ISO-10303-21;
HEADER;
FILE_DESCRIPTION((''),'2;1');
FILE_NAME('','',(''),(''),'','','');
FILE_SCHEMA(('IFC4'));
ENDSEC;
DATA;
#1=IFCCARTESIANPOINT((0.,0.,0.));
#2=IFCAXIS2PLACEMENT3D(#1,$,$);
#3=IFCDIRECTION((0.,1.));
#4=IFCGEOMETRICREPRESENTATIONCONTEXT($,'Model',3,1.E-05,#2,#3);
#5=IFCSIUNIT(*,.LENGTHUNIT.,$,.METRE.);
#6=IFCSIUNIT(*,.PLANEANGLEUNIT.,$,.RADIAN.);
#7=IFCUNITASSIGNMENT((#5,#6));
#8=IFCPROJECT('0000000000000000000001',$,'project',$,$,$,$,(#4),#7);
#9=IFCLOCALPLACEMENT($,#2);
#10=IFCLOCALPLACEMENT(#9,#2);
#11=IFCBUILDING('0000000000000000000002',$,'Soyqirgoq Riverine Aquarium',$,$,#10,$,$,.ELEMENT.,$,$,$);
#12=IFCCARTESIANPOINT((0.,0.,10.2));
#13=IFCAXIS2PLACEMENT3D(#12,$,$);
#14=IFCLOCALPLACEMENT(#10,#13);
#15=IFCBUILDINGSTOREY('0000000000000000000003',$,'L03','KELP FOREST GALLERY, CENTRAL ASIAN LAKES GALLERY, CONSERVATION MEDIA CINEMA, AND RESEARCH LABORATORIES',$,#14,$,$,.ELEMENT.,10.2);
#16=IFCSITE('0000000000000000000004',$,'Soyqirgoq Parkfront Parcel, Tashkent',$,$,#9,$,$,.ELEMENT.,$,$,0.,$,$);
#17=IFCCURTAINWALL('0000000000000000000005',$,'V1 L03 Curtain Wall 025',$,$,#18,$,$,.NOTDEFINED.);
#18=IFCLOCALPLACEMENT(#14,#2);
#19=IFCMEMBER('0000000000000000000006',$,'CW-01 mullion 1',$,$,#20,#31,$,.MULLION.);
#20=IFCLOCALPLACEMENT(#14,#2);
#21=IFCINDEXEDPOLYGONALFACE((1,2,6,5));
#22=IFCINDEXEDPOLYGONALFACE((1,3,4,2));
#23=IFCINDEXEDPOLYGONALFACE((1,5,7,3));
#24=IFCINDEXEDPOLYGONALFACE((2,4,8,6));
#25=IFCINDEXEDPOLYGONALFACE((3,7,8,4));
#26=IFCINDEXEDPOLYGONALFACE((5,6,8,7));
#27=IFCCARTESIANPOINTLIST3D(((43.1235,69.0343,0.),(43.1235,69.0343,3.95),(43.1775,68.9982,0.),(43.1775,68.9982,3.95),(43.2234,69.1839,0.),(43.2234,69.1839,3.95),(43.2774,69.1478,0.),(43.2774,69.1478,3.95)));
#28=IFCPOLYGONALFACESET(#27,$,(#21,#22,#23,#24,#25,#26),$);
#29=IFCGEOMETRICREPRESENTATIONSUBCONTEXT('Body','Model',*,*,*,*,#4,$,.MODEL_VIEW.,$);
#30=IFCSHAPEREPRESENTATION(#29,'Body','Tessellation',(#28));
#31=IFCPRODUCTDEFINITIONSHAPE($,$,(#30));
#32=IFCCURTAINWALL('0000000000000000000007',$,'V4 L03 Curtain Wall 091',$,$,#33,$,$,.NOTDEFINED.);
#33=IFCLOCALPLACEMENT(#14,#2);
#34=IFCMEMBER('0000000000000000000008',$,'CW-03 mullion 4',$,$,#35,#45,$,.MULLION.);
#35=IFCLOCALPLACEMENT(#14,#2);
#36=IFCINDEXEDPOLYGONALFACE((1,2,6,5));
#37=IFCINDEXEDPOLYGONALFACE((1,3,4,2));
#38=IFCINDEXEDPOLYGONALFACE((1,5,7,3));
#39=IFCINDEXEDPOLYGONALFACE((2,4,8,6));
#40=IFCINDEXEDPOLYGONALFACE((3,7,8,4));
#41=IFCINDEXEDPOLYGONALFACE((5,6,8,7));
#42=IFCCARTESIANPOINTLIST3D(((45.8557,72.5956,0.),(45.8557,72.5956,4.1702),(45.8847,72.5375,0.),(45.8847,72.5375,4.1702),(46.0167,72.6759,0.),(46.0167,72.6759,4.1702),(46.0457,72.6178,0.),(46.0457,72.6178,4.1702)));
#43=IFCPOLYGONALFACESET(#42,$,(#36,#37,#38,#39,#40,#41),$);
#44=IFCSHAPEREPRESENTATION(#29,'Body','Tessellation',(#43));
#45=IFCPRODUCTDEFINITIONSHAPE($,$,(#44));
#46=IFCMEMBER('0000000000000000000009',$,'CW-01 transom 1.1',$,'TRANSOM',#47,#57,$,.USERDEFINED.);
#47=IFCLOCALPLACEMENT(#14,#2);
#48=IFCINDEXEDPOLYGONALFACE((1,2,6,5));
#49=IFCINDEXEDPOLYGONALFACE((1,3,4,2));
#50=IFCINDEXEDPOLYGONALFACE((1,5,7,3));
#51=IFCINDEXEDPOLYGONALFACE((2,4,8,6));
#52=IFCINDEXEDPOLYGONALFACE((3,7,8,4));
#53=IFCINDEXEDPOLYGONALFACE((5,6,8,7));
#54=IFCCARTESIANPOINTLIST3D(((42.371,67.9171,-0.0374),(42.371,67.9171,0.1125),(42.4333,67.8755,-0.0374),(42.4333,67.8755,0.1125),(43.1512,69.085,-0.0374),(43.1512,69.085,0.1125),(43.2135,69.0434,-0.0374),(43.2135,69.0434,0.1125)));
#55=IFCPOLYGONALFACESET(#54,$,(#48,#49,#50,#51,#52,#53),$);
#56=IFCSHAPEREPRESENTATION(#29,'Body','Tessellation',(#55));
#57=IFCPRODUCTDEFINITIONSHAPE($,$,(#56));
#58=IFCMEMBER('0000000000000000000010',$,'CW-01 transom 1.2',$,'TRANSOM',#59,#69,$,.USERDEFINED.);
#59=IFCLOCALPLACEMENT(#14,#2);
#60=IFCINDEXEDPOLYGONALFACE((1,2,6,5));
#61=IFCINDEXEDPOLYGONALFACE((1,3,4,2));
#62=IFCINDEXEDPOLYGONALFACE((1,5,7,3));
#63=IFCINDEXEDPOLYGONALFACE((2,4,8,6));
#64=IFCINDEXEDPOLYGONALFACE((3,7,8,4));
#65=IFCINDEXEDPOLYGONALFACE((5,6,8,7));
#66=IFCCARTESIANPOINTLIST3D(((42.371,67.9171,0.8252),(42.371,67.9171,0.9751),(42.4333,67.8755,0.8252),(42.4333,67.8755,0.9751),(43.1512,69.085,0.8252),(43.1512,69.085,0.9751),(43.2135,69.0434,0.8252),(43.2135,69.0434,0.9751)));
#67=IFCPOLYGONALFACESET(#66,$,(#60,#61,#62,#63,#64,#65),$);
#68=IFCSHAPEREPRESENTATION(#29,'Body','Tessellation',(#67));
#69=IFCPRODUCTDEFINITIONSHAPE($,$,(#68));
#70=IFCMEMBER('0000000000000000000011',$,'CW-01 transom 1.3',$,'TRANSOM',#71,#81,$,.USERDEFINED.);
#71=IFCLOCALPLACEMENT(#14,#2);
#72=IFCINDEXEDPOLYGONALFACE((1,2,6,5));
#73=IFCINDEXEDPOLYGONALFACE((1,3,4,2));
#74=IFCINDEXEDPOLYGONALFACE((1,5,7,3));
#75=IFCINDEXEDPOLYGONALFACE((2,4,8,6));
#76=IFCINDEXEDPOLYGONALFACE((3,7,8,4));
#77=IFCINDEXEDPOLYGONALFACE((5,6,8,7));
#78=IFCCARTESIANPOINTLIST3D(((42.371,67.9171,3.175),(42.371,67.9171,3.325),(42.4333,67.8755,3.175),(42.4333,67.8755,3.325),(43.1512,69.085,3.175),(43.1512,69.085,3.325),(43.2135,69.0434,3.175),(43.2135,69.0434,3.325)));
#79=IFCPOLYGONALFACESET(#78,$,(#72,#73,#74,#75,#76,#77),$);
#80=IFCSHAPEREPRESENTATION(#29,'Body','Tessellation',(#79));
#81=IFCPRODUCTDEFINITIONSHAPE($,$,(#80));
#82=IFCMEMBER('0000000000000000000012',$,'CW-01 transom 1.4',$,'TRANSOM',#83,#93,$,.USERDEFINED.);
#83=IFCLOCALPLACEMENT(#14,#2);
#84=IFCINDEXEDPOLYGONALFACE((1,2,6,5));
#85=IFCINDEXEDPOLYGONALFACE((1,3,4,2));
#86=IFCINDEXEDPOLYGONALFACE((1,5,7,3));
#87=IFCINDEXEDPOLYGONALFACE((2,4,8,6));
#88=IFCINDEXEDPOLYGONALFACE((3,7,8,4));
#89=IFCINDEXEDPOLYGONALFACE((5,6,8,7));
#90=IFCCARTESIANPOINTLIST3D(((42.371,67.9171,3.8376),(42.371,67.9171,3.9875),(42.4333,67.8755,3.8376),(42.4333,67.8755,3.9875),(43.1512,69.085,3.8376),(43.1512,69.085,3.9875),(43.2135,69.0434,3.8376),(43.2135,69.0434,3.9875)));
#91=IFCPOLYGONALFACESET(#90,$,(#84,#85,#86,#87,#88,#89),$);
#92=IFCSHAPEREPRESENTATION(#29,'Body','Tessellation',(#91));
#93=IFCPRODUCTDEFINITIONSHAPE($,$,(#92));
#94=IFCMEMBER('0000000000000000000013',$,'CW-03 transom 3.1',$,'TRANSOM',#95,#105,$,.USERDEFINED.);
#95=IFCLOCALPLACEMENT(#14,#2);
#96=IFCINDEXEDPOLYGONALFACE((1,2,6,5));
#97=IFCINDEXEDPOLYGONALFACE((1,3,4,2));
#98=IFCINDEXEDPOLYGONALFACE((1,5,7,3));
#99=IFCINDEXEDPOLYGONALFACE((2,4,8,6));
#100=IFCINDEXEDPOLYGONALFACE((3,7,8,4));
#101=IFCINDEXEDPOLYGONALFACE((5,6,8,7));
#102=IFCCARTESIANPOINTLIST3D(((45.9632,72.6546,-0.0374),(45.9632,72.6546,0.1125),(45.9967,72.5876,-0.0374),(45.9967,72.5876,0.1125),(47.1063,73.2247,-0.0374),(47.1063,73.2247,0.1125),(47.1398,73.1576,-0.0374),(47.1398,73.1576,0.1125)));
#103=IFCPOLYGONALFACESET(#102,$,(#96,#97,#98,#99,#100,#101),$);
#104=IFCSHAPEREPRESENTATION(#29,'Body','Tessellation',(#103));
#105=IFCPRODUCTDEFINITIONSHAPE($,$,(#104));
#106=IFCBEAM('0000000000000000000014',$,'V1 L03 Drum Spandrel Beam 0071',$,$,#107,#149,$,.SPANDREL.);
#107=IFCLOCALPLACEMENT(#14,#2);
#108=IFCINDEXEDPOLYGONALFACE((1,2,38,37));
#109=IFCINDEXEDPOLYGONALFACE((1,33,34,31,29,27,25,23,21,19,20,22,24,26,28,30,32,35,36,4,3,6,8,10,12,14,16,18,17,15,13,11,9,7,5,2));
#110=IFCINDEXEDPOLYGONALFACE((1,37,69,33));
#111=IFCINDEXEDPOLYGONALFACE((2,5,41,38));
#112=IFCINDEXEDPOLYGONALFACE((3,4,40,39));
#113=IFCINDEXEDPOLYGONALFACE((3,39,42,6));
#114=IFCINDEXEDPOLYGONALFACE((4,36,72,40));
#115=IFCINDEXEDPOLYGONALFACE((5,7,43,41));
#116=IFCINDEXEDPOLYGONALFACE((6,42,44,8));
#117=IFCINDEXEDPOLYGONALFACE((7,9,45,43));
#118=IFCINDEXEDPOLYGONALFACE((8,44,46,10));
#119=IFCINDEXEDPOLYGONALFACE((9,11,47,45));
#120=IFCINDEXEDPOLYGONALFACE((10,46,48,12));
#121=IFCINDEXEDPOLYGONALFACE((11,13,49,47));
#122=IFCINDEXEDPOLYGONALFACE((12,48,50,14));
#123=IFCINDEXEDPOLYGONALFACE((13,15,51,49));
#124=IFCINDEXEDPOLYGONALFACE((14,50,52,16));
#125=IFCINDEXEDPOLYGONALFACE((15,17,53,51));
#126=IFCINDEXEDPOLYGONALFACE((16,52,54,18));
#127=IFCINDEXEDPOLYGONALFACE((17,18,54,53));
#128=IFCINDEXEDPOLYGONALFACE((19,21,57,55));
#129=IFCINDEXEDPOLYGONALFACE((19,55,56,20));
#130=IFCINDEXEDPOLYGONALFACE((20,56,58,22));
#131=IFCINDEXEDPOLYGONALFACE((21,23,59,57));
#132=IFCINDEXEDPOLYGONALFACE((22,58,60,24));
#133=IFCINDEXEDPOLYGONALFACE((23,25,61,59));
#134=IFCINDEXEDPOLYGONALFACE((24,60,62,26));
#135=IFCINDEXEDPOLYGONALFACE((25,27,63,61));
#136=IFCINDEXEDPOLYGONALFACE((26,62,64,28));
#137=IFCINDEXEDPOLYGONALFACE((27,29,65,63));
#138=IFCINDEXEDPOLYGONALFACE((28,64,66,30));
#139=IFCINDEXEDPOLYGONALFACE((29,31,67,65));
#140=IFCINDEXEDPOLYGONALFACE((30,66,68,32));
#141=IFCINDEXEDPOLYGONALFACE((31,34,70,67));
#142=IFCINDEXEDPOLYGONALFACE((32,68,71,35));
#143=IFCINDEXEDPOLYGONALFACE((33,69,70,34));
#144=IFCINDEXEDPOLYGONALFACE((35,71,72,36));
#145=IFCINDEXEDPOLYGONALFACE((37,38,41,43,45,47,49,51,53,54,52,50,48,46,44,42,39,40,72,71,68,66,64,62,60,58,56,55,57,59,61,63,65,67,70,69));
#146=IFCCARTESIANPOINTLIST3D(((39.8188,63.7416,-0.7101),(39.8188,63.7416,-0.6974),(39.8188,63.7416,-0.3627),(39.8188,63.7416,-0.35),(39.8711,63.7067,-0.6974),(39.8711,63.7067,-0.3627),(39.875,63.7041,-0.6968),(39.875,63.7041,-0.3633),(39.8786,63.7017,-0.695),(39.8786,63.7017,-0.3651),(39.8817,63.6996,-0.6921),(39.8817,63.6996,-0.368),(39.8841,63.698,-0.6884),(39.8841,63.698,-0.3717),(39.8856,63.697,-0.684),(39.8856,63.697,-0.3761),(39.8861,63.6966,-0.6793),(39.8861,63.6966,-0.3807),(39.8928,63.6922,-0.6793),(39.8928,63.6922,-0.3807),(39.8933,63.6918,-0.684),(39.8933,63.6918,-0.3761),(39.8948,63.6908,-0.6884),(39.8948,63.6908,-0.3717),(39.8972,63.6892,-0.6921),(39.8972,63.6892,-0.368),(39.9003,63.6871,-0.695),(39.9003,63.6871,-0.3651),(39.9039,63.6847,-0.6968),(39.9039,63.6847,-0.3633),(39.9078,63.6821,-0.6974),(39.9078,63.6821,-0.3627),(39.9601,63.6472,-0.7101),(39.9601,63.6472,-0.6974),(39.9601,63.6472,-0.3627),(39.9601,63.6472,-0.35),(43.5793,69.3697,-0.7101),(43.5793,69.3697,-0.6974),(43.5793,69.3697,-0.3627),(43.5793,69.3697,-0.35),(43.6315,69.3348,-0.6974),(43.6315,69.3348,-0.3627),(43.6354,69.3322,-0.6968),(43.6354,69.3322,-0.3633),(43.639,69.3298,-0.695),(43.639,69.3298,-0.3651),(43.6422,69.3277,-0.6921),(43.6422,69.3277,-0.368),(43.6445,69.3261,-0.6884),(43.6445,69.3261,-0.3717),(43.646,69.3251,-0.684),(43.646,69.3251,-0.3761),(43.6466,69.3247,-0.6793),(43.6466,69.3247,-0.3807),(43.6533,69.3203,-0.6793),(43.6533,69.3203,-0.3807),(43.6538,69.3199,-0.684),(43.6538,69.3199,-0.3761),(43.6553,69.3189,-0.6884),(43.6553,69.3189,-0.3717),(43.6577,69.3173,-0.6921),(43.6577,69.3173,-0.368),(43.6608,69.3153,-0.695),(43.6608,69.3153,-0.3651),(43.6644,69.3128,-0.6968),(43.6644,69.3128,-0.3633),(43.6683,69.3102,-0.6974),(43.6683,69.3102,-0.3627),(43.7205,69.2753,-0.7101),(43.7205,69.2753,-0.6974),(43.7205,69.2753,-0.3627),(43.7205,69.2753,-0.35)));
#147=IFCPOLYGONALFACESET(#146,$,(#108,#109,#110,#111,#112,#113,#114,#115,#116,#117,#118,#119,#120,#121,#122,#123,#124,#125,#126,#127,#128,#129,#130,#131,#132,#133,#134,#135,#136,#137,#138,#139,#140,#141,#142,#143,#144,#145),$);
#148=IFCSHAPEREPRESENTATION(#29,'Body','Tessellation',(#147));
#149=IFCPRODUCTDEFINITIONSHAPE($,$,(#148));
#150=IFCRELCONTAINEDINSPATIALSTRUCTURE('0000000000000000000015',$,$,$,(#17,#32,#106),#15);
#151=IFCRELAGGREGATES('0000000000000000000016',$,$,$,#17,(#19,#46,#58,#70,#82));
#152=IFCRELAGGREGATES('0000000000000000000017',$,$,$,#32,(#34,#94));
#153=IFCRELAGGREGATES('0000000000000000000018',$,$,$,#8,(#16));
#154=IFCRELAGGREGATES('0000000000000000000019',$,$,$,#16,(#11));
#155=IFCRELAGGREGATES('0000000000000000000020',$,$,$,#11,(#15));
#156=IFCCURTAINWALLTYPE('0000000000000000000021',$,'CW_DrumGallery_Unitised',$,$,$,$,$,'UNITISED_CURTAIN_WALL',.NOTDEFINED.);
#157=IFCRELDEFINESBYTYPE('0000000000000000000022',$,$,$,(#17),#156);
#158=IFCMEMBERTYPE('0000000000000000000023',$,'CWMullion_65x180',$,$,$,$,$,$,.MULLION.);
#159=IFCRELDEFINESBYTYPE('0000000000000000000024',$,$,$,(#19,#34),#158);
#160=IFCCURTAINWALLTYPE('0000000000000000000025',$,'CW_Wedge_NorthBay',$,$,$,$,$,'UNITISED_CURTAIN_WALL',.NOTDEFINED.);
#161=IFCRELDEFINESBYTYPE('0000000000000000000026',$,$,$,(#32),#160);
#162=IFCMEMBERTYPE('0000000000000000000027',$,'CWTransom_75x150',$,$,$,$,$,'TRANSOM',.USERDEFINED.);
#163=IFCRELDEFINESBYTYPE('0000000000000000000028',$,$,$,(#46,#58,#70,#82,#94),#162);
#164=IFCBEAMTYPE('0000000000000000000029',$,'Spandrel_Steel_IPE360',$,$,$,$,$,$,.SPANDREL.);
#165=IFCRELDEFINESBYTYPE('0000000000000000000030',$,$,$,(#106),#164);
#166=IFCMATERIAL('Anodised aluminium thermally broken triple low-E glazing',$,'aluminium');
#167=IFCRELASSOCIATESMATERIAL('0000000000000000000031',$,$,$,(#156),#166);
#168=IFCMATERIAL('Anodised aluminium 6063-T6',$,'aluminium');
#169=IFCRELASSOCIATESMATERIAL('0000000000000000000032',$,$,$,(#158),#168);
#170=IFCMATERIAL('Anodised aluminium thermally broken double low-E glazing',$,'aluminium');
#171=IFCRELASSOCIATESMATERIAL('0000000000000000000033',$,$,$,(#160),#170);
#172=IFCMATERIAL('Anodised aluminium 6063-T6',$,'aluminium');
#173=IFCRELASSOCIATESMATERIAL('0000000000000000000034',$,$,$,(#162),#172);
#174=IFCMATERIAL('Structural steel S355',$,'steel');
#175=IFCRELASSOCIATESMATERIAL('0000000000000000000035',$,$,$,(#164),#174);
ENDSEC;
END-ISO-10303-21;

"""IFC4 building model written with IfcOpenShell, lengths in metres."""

from ifc_helpers import new_model, si_unit, direction, frame, origin, origin_2d, place, context, subcontext, project, spatial, rectangle, i_section, extrude, material, material_profile, profile_set, type_object, element, aggregate, save


model = new_model("IFC4")

# Units and contexts
model_context = context("Model", 3, precision=1e-05, world=origin(), true_north=direction((0.0, 1.0)))
body_context = subcontext(model_context, "Body", "Model", "MODEL_VIEW")
ifc_project = project(units=[si_unit("LENGTHUNIT", "METRE"), si_unit("PLANEANGLEUNIT", "RADIAN")], contexts=[model_context])

# Site, building, storey
site_placement = place(None, origin())
site = spatial("IfcSite", under=ifc_project, at=site_placement, Name="Soyqirgoq Parkfront Parcel, Tashkent", CompositionType="ELEMENT", RefElevation=0.0)
building_placement = place(site_placement, origin())
building = spatial("IfcBuilding", under=site, at=building_placement, Name="Soyqirgoq Riverine Aquarium", CompositionType="ELEMENT")
storey_placement = place(building_placement, frame((0.0, 0.0, 10.2)))
storey = spatial("IfcBuildingStorey", under=building, at=storey_placement, Name="L03", Description="KELP FOREST GALLERY, CENTRAL ASIAN LAKES GALLERY, CONSERVATION MEDIA CINEMA, AND RESEARCH LABORATORIES", CompositionType="ELEMENT", Elevation=10.2)

# Curtain walls, members
ifc_material_1 = material(Name="Anodised aluminium thermally broken triple low-E glazing", Category="aluminium")
curtain_wall_type_1 = type_object("IfcCurtainWallType", Name="CW_DrumGallery_Unitised", ElementType="UNITISED_CURTAIN_WALL", PredefinedType="NOTDEFINED", material=ifc_material_1)
curtain_wall_1_placement = place(storey_placement, origin())
curtain_wall_1 = element("IfcCurtainWall", 1, at=curtain_wall_1_placement, inside=storey, type_object=curtain_wall_type_1, Name="V1 L03 Curtain Wall 025", PredefinedType="NOTDEFINED")
ifc_material_2 = material(Name="Anodised aluminium 6063-T6", Category="aluminium")
ifc_material_profile_1 = material_profile(ifc_material_2, rectangle(XDim=0.0649, YDim=0.1799, at=origin_2d()), Name="ALU-M 65x180")
ifc_profile_set_1 = profile_set([ifc_material_profile_1], Name="Anodised aluminium 6063-T6")
member_type_1 = type_object("IfcMemberType", Name="CWMullion_65x180", PredefinedType="MULLION", material=ifc_profile_set_1)
member_1_placement = place(storey_placement, frame((43.2004, 69.0911, 0.0), z_axis=(0.0, 0.0, 1.0), x_axis=(0.831469, -0.555572, 0.0)))
member_1 = element("IfcMember", 2, at=member_1_placement, type_object=member_type_1, Name="CW-01 mullion 1", PredefinedType="MULLION", context=body_context, shape_type="SweptSolid", body=[
    extrude(rectangle(XDim=0.0649, YDim=0.1799, at=origin_2d()), origin(), (0.0, 0.0, 1.0), 3.95),
])
ifc_material_3 = material(Name="Anodised aluminium thermally broken double low-E glazing", Category="aluminium")
curtain_wall_type_2 = type_object("IfcCurtainWallType", Name="CW_Wedge_NorthBay", ElementType="UNITISED_CURTAIN_WALL", PredefinedType="NOTDEFINED", material=ifc_material_3)
curtain_wall_2_placement = place(storey_placement, origin())
curtain_wall_2 = element("IfcCurtainWall", 3, at=curtain_wall_2_placement, inside=storey, type_object=curtain_wall_type_2, Name="V4 L03 Curtain Wall 091", PredefinedType="NOTDEFINED")
member_2_placement = place(storey_placement, frame((45.9507, 72.6067, 0.0), z_axis=(0.0, 0.0, 1.0), x_axis=(0.446195, -0.894936, 0.0)))
member_2 = element("IfcMember", 4, at=member_2_placement, type_object=member_type_1, Name="CW-03 mullion 4", PredefinedType="MULLION", context=body_context, shape_type="SweptSolid", body=[
    extrude(rectangle(XDim=0.0649, YDim=0.1799, at=origin_2d()), origin(), (0.0, 0.0, 1.0), 4.1702),
])

# Members
ifc_material_4 = material(Name="Anodised aluminium 6063-T6", Category="aluminium")
ifc_material_profile_2 = material_profile(ifc_material_4, rectangle(XDim=0.075, YDim=0.1499, at=origin_2d()), Name="ALU-T 75x150")
ifc_profile_set_2 = profile_set([ifc_material_profile_2], Name="Anodised aluminium 6063-T6")
member_type_2 = type_object("IfcMemberType", Name="CWTransom_75x150", ElementType="TRANSOM", PredefinedType="USERDEFINED", material=ifc_profile_set_2)
member_3_placement = place(storey_placement, frame((43.1824, 69.0642, 0.0376), z_axis=(-0.555502, -0.831515, 0.0), x_axis=(0.831515, -0.555502, 0.0)))
member_3 = element("IfcMember", 5, at=member_3_placement, type_object=member_type_2, Name="CW-01 transom 1.1", ObjectType="TRANSOM", PredefinedType="USERDEFINED", context=body_context, shape_type="SweptSolid", body=[
    extrude(rectangle(XDim=0.075, YDim=0.1499, at=origin_2d()), origin(), (0.0, 0.0, 1.0), 1.4045),
])
member_4_placement = place(storey_placement, frame((43.1824, 69.0642, 0.9001), z_axis=(-0.555502, -0.831515, 0.0), x_axis=(0.831515, -0.555502, 0.0)))
member_4 = element("IfcMember", 6, at=member_4_placement, type_object=member_type_2, Name="CW-01 transom 1.2", ObjectType="TRANSOM", PredefinedType="USERDEFINED", context=body_context, shape_type="SweptSolid", body=[
    extrude(rectangle(XDim=0.075, YDim=0.1499, at=origin_2d()), origin(), (0.0, 0.0, 1.0), 1.4045),
])
member_5_placement = place(storey_placement, frame((43.1824, 69.0642, 3.25), z_axis=(-0.555502, -0.831515, 0.0), x_axis=(0.831515, -0.555502, 0.0)))
member_5 = element("IfcMember", 7, at=member_5_placement, type_object=member_type_2, Name="CW-01 transom 1.3", ObjectType="TRANSOM", PredefinedType="USERDEFINED", context=body_context, shape_type="SweptSolid", body=[
    extrude(rectangle(XDim=0.075, YDim=0.1499, at=origin_2d()), origin(), (0.0, 0.0, 1.0), 1.4045),
])
member_6_placement = place(storey_placement, frame((43.1824, 69.0642, 3.9126), z_axis=(-0.555502, -0.831515, 0.0), x_axis=(0.831515, -0.555502, 0.0)))
member_6 = element("IfcMember", 8, at=member_6_placement, type_object=member_type_2, Name="CW-01 transom 1.4", ObjectType="TRANSOM", PredefinedType="USERDEFINED", context=body_context, shape_type="SweptSolid", body=[
    extrude(rectangle(XDim=0.075, YDim=0.1499, at=origin_2d()), origin(), (0.0, 0.0, 1.0), 1.4045),
])
member_7_placement = place(storey_placement, frame((47.123, 73.1912, 0.0376), z_axis=(-0.894885, -0.446296, 0.0), x_axis=(0.446296, -0.894885, 0.0)))
member_7 = element("IfcMember", 9, at=member_7_placement, type_object=member_type_2, Name="CW-03 transom 3.1", ObjectType="TRANSOM", PredefinedType="USERDEFINED", context=body_context, shape_type="SweptSolid", body=[
    extrude(rectangle(XDim=0.075, YDim=0.1499, at=origin_2d()), origin(), (0.0, 0.0, 1.0), 1.2773),
])

# Beam
ifc_material_5 = material(Name="Structural steel S355", Category="steel")
ifc_material_profile_3 = material_profile(ifc_material_5, i_section(OverallWidth=0.1699, OverallDepth=0.3601, WebThickness=0.0081, FlangeThickness=0.0127, FilletRadius=0.0181, at=origin_2d()), Name="IPE 360")
ifc_profile_set_3 = profile_set([ifc_material_profile_3], Name="Structural steel S355")
beam_type_1 = type_object("IfcBeamType", Name="Spandrel_Steel_IPE360", PredefinedType="SPANDREL", material=ifc_profile_set_3)
beam_1_placement = place(storey_placement, frame((43.6499, 69.3225, -0.53), z_axis=(-0.555557, -0.831478, 0.0), x_axis=(0.831478, -0.555557, 0.0)))
element("IfcBeam", 10, at=beam_1_placement, inside=storey, type_object=beam_type_1, Name="V1 L03 Drum Spandrel Beam 0071", PredefinedType="SPANDREL", context=body_context, shape_type="SweptSolid", body=[
    extrude(i_section(OverallWidth=0.1699, OverallDepth=0.3601, WebThickness=0.0081, FlangeThickness=0.0127, FilletRadius=0.0181, at=origin_2d()), origin(), (0.0, 0.0, 1.0), 6.7688),
])

aggregate(curtain_wall_1, [member_1, member_3, member_4, member_5, member_6])
aggregate(curtain_wall_2, [member_2, member_7])

save(model, "model.ifc")
